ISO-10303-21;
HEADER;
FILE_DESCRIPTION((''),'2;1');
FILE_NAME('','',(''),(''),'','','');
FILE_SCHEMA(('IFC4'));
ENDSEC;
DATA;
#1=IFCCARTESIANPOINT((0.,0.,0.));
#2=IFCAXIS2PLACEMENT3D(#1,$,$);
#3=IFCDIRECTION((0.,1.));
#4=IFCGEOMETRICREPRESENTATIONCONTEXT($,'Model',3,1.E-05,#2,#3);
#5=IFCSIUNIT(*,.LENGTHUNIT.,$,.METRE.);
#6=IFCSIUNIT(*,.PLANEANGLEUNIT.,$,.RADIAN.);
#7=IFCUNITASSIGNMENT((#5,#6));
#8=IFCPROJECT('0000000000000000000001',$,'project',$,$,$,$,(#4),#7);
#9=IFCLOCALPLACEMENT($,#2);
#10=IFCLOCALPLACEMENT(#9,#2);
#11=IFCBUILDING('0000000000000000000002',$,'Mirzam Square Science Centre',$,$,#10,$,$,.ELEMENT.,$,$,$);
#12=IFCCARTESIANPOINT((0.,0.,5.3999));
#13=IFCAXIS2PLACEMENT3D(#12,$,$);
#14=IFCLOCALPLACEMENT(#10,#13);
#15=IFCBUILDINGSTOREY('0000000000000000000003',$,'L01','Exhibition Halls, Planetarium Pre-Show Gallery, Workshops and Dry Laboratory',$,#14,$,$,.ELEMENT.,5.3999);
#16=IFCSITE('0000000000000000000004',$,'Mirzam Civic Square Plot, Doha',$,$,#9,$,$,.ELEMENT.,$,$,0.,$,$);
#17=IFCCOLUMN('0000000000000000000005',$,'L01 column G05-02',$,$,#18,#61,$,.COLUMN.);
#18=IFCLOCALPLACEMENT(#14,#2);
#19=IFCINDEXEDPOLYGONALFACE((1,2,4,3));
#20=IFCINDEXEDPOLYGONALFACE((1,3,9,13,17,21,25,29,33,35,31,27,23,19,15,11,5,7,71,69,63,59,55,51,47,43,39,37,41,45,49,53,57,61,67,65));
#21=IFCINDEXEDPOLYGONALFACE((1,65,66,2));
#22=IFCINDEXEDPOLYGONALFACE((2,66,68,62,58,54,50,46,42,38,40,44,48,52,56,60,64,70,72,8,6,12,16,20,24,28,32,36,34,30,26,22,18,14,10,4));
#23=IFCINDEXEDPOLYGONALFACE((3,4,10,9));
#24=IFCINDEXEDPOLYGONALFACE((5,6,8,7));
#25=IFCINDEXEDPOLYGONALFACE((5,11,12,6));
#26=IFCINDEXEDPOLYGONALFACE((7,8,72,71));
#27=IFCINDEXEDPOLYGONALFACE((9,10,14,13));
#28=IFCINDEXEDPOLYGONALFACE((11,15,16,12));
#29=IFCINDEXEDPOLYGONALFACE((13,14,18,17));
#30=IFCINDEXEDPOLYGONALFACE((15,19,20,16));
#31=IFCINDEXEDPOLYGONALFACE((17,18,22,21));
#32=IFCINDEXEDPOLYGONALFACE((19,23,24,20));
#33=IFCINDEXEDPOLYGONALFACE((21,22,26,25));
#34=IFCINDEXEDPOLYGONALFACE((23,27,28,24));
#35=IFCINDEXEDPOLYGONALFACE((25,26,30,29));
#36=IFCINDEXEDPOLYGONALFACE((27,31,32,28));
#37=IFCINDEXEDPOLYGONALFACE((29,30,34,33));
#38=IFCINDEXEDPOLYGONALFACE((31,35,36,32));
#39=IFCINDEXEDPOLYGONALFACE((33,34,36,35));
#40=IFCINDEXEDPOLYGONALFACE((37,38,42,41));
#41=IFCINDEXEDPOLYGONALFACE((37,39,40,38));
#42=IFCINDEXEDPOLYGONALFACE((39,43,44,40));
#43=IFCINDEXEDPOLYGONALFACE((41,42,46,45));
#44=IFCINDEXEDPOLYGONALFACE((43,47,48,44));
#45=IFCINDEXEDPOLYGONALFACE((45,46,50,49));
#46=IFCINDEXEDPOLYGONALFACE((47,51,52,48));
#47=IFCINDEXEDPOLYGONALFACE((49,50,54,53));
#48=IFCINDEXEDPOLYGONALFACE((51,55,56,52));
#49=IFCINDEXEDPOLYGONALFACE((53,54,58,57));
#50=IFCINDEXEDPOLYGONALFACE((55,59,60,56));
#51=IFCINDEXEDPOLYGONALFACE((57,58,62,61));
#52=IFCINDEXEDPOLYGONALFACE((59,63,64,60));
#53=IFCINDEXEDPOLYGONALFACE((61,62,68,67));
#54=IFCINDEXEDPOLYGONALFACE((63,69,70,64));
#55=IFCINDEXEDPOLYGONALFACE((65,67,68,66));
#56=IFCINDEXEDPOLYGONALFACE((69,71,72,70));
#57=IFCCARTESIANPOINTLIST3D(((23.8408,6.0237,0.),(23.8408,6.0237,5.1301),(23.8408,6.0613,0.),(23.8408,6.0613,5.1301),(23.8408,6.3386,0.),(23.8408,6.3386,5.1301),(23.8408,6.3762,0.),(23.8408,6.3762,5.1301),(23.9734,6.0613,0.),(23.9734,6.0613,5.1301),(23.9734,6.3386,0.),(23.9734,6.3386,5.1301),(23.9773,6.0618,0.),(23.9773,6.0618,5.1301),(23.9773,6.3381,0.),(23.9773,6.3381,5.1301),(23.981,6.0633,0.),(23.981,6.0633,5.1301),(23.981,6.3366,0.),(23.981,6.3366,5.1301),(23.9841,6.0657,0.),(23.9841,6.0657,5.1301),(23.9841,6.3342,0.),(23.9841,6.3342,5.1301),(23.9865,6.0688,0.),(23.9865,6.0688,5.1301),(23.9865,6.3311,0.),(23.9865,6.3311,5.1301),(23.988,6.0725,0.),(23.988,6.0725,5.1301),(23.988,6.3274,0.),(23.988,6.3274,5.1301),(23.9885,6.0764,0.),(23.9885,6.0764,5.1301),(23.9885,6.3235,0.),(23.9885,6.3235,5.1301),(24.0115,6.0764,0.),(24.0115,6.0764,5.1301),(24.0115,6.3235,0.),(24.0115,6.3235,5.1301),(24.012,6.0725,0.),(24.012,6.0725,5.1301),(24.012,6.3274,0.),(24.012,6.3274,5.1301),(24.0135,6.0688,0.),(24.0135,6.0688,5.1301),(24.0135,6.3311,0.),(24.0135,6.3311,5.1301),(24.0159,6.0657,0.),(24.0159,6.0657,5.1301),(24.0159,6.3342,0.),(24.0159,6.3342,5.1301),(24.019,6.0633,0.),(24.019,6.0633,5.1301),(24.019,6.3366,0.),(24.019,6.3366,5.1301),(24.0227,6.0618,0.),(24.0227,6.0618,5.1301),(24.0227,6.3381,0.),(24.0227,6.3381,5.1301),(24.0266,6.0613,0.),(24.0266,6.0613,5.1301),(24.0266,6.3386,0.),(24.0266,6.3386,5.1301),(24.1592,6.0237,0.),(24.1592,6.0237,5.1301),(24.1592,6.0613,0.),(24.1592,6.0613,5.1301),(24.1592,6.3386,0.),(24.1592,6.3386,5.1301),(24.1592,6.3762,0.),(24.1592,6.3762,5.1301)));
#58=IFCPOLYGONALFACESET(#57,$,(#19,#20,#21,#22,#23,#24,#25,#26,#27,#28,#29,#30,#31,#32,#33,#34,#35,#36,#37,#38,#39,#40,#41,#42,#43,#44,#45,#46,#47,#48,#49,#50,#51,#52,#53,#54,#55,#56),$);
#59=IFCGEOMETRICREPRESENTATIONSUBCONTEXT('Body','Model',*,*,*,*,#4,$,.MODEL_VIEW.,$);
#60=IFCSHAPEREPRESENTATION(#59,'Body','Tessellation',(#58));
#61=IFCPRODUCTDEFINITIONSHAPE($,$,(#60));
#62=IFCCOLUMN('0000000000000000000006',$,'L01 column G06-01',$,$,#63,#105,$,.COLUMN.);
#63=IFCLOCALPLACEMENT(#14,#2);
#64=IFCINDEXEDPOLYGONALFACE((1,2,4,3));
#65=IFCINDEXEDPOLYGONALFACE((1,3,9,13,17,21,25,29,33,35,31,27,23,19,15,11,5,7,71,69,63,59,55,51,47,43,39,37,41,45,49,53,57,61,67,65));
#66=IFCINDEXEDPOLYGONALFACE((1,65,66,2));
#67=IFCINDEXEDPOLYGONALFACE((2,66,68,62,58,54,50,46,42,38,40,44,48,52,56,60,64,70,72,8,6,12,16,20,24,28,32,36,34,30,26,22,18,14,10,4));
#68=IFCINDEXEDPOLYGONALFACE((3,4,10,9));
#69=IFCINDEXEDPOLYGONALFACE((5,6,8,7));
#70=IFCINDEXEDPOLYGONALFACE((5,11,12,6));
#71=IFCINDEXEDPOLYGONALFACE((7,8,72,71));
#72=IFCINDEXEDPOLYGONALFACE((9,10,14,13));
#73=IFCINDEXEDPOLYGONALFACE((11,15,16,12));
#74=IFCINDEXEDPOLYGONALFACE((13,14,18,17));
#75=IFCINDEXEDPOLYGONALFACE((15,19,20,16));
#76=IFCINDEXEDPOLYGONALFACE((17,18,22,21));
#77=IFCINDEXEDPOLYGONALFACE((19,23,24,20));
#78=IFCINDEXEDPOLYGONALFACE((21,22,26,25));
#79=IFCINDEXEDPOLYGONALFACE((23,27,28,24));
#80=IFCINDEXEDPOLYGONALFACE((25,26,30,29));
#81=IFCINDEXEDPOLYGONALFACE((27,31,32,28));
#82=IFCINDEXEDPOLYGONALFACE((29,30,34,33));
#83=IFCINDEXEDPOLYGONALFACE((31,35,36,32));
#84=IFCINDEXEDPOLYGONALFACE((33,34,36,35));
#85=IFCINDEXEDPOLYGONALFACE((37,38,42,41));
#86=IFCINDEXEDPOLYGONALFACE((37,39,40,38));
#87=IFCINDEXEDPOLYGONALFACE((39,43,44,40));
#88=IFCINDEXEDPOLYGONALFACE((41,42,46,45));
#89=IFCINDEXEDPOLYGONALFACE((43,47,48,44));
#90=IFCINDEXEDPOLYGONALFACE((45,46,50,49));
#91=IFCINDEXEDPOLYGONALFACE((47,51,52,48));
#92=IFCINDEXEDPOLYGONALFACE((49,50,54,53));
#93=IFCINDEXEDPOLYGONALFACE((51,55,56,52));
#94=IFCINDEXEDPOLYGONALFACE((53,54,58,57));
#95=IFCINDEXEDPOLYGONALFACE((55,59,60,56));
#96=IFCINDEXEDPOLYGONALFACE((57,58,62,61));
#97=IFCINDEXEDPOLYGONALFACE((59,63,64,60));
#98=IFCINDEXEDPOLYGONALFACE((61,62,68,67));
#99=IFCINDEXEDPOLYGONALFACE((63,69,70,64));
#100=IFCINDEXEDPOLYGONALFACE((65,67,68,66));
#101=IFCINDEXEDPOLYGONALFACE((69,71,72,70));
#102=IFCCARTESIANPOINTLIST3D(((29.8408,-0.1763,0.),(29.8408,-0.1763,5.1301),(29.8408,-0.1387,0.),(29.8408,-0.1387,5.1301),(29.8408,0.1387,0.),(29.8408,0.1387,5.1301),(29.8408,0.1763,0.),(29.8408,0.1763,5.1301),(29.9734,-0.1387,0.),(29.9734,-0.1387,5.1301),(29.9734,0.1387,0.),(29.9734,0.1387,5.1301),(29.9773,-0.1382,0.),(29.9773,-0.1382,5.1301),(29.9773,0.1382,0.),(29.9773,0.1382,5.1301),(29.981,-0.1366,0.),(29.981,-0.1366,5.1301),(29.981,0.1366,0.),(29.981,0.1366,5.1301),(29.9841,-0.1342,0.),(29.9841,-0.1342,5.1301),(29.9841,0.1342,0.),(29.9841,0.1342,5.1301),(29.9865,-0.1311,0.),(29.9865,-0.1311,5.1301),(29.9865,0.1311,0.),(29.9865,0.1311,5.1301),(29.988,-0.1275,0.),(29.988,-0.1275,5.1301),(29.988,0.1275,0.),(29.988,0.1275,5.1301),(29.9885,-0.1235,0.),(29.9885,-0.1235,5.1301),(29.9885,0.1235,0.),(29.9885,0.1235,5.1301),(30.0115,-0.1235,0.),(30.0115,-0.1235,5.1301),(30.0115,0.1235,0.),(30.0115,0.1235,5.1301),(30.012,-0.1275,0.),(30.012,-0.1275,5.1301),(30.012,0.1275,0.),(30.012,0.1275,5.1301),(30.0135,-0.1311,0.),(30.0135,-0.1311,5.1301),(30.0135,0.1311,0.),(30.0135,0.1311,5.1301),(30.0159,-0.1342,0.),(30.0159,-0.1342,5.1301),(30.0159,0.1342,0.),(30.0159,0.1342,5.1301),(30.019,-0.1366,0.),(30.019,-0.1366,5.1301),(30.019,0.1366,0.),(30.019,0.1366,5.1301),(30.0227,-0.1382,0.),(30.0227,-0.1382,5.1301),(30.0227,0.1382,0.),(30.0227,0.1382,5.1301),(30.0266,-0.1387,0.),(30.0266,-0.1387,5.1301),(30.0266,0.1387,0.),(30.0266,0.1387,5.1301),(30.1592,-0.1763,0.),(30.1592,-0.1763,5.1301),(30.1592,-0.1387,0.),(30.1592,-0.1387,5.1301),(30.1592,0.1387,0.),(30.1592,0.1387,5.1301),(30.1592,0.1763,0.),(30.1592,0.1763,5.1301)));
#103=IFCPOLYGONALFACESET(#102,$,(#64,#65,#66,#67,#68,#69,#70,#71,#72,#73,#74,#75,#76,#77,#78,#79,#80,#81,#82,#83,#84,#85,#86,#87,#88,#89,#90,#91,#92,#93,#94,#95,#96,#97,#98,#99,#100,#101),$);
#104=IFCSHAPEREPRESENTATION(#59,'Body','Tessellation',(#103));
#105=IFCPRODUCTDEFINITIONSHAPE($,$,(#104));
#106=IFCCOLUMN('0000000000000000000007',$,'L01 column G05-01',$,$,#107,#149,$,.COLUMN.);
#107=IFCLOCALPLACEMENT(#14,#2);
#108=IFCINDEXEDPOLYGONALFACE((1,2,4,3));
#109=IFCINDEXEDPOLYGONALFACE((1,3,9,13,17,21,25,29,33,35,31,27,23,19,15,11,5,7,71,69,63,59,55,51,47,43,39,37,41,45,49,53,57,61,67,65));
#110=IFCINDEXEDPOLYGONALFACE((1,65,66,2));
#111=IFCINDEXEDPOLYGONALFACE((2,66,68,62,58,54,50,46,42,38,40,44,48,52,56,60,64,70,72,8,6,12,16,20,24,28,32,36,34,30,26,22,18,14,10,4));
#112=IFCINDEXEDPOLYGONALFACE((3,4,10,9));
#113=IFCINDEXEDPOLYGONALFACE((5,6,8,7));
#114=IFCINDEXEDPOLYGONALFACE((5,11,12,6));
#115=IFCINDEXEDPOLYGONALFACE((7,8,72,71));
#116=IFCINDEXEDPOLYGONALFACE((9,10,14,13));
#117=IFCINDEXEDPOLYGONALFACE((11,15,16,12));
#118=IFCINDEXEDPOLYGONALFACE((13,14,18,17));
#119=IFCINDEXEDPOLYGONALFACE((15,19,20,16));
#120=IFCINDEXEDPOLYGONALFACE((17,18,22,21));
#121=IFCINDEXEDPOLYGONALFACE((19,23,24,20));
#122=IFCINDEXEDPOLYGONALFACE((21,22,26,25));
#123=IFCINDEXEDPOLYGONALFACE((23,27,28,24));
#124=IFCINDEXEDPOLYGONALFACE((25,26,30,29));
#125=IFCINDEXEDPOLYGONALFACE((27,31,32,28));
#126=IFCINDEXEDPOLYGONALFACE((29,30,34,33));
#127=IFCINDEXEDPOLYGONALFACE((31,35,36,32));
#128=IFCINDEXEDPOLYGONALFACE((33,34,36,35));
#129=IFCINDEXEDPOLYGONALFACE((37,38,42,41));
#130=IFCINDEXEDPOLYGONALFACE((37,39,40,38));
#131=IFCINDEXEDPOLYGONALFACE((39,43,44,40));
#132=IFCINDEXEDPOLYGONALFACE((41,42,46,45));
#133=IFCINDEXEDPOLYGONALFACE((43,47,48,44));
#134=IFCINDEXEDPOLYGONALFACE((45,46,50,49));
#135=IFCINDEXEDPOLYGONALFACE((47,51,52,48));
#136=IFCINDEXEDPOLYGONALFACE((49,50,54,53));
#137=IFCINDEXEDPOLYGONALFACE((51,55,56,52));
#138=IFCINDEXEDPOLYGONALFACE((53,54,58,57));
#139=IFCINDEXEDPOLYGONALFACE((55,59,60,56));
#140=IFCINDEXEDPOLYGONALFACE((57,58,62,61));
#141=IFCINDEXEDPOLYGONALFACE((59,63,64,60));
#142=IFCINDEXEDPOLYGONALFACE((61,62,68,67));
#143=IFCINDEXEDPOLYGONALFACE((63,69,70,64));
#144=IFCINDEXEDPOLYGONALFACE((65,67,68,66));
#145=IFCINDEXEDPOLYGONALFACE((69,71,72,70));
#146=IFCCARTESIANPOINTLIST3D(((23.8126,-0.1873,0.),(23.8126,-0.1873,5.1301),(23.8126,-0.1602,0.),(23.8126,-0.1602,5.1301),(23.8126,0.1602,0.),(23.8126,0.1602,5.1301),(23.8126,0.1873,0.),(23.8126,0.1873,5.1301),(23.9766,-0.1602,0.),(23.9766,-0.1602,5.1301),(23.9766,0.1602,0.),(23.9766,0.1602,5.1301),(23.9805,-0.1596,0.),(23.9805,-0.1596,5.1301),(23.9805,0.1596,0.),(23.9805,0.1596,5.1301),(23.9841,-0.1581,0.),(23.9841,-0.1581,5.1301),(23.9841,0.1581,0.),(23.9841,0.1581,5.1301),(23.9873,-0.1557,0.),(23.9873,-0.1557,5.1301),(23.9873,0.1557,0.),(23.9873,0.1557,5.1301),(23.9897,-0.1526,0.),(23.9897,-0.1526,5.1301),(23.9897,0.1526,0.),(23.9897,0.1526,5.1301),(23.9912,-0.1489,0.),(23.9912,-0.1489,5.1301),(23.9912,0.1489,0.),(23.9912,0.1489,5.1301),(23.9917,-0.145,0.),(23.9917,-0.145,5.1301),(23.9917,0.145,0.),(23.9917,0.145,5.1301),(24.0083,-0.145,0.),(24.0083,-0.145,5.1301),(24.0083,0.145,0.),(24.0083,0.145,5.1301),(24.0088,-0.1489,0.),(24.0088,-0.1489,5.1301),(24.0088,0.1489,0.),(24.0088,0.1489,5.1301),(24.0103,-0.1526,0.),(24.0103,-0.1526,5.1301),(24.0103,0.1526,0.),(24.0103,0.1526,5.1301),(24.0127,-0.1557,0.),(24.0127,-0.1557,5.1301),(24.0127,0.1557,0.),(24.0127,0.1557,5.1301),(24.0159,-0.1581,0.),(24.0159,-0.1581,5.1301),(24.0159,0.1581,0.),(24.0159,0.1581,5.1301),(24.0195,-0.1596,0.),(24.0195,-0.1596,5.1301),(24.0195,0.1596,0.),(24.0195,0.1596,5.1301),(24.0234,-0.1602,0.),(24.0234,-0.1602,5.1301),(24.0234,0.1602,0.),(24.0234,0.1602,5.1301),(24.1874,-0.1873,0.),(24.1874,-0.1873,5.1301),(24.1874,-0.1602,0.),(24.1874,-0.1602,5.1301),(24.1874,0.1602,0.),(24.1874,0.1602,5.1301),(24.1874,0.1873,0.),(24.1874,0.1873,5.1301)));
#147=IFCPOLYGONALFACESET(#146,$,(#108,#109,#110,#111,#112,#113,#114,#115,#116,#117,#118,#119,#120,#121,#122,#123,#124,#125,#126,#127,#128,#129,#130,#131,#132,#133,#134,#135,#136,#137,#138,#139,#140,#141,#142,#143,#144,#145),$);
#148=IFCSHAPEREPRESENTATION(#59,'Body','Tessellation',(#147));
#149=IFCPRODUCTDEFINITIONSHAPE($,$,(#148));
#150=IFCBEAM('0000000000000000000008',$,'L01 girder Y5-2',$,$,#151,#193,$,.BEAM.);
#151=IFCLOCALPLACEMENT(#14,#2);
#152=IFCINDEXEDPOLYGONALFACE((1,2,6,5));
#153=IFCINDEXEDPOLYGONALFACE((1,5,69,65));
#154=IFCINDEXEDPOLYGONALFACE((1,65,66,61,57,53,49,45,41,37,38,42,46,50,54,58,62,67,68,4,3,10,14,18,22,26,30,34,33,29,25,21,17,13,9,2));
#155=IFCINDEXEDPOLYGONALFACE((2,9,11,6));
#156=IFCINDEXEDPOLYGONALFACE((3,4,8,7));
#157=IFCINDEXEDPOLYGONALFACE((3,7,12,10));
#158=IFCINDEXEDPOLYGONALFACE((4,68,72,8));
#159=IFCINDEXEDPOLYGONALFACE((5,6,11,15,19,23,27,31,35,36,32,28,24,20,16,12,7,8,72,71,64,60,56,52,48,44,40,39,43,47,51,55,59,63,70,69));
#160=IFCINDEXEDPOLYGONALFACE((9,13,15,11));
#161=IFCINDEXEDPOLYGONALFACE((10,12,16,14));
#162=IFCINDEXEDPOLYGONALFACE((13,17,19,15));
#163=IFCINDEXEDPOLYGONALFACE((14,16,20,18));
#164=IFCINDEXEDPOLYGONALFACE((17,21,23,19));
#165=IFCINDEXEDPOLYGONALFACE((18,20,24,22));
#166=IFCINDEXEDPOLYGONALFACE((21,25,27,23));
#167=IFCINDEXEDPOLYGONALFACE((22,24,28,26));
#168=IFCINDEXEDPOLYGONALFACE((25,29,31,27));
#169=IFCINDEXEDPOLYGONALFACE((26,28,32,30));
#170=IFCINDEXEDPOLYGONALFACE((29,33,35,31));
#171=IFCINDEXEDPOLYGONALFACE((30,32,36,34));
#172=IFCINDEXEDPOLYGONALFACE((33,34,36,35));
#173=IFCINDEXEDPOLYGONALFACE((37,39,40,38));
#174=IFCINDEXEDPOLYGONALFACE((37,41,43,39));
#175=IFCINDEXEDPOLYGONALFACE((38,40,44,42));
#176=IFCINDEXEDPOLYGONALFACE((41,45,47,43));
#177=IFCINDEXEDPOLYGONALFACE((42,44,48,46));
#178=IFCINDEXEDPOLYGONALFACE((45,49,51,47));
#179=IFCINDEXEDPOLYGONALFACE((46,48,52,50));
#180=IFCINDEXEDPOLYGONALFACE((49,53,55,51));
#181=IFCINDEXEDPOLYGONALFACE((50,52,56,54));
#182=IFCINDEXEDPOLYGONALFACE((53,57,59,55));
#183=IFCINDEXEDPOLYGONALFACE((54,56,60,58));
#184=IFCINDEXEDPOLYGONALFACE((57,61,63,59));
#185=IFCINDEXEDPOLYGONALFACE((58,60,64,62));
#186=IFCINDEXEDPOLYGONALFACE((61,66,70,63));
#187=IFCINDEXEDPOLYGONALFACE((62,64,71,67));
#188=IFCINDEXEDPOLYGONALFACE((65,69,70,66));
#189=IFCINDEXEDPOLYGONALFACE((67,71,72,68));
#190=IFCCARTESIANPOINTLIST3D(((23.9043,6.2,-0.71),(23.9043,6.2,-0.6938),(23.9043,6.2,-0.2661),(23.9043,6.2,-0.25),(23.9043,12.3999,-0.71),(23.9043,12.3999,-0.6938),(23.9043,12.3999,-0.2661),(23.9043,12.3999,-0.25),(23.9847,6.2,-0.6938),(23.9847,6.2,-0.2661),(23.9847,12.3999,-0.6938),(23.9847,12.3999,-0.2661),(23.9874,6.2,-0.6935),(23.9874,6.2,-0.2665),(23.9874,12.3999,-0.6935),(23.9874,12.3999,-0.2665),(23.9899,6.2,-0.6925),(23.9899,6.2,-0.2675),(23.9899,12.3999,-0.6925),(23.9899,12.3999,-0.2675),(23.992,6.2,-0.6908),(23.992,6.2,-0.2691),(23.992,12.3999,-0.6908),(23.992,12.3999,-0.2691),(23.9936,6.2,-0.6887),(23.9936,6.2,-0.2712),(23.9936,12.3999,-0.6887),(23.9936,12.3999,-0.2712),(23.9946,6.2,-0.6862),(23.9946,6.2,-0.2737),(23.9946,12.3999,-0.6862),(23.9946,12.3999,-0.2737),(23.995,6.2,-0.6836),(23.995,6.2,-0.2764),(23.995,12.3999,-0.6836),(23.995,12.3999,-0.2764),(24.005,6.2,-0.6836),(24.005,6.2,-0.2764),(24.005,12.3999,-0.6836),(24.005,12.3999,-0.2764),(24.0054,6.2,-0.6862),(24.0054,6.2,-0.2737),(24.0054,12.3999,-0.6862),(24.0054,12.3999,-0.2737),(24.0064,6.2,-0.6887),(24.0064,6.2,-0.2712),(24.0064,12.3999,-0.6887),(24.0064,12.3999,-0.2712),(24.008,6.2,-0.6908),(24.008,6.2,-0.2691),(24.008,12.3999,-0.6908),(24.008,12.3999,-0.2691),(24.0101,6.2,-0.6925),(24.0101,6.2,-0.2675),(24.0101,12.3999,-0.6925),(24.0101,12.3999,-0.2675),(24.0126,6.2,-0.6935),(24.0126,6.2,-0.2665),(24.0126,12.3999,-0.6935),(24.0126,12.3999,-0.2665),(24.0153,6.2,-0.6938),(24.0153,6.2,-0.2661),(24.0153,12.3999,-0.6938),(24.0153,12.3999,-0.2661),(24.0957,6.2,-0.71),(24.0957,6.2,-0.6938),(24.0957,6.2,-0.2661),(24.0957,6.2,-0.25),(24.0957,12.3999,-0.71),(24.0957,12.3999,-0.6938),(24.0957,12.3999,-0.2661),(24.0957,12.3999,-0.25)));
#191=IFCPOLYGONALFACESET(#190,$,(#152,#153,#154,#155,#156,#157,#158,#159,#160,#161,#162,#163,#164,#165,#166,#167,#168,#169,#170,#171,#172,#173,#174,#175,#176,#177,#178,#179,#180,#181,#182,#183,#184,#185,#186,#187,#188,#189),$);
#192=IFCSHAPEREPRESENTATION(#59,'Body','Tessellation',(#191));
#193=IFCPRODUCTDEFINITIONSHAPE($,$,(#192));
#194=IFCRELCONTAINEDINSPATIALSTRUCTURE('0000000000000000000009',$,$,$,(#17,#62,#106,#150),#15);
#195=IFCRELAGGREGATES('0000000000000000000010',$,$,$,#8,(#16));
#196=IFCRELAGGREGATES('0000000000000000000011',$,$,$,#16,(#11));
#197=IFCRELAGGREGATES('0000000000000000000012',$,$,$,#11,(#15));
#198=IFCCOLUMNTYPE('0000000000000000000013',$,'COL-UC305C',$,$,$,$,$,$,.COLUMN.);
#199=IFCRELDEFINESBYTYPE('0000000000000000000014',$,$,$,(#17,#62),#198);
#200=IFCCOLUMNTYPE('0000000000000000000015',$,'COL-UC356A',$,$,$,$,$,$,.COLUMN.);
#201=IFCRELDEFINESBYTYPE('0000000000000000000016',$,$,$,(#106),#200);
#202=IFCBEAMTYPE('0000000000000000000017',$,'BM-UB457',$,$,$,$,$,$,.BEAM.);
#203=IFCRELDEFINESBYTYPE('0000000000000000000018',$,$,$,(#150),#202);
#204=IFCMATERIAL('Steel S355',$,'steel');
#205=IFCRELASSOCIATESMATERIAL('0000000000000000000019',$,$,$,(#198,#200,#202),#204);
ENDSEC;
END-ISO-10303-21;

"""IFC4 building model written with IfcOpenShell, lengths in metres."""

from ifc_helpers import new_model, si_unit, direction, frame, origin, origin_2d, place, context, subcontext, project, spatial, i_section, extrude, material, material_profile, profile_set, type_object, element, save


model = new_model("IFC4")

# Units and contexts
model_context = context("Model", 3, precision=1e-05, world=origin(), true_north=direction((0.0, 1.0)))
body_context = subcontext(model_context, "Body", "Model", "MODEL_VIEW")
ifc_project = project(units=[si_unit("LENGTHUNIT", "METRE"), si_unit("PLANEANGLEUNIT", "RADIAN")], contexts=[model_context])

# Site, building, storey
site_placement = place(None, origin())
site = spatial("IfcSite", under=ifc_project, at=site_placement, Name="Mirzam Civic Square Plot, Doha", CompositionType="ELEMENT", RefElevation=0.0)
building_placement = place(site_placement, origin())
building = spatial("IfcBuilding", under=site, at=building_placement, Name="Mirzam Square Science Centre", CompositionType="ELEMENT")
storey_placement = place(building_placement, frame((0.0, 0.0, 5.3999)))
storey = spatial("IfcBuildingStorey", under=building, at=storey_placement, Name="L01", Description="Exhibition Halls, Planetarium Pre-Show Gallery, Workshops and Dry Laboratory", CompositionType="ELEMENT", Elevation=5.3999)

# Columns
ifc_material_1 = material(Name="Steel S355", Category="steel")
ifc_material_profile_1 = material_profile(ifc_material_1, i_section(OverallWidth=0.3184, OverallDepth=0.3525, WebThickness=0.0229, FlangeThickness=0.0376, FilletRadius=0.0151, at=origin_2d()), Name="305x305x240UC")
ifc_profile_set_1 = profile_set([ifc_material_profile_1], Name="Steel S355")
column_type_1 = type_object("IfcColumnType", Name="COL-UC305C", PredefinedType="COLUMN", material=ifc_profile_set_1)
for number, where, z_axis, x_axis, name in (
    (1, (24.0, 6.2, 0.0), (0.0, 0.0, 1.0), (1.0, 0.0, 0.0), "L01 column G05-02"),
    (2, (30.0, 0.0, 0.0), (0.0, 0.0, 1.0), (1.0, 0.0, 0.0), "L01 column G06-01"),
):
    element("IfcColumn", number, at=place(storey_placement, frame(where, z_axis=z_axis, x_axis=x_axis)), inside=storey, type_object=column_type_1, Name=name, PredefinedType="COLUMN", context=body_context, shape_type="SweptSolid", body=[
        extrude(i_section(OverallWidth=0.3184, OverallDepth=0.3525, WebThickness=0.0229, FlangeThickness=0.0376, FilletRadius=0.0151, at=origin_2d()), origin(), (0.0, 0.0, 1.0), 5.1301),
    ])
ifc_material_profile_2 = material_profile(ifc_material_1, i_section(OverallWidth=0.3748, OverallDepth=0.3745, WebThickness=0.0166, FlangeThickness=0.0271, FilletRadius=0.0151, at=origin_2d()), Name="356x368x202UC")
ifc_profile_set_2 = profile_set([ifc_material_profile_2], Name="Steel S355")
column_type_2 = type_object("IfcColumnType", Name="COL-UC356A", PredefinedType="COLUMN", material=ifc_profile_set_2)
column_placement = place(storey_placement, frame((24.0, 0.0, 0.0), z_axis=(0.0, 0.0, 1.0), x_axis=(1.0, 0.0, 0.0)))
element("IfcColumn", 3, at=column_placement, inside=storey, type_object=column_type_2, Name="L01 column G05-01", PredefinedType="COLUMN", context=body_context, shape_type="SweptSolid", body=[
    extrude(i_section(OverallWidth=0.3748, OverallDepth=0.3745, WebThickness=0.0166, FlangeThickness=0.0271, FilletRadius=0.0151, at=origin_2d()), origin(), (0.0, 0.0, 1.0), 5.1301),
])

# Beam
ifc_material_profile_3 = material_profile(ifc_material_1, i_section(OverallWidth=0.1914, OverallDepth=0.46, WebThickness=0.01, FlangeThickness=0.0161, FilletRadius=0.0103, at=origin_2d()), Name="457x191x82UB")
ifc_profile_set_3 = profile_set([ifc_material_profile_3], Name="Steel S355")
beam_type_1 = type_object("IfcBeamType", Name="BM-UB457", PredefinedType="BEAM", material=ifc_profile_set_3)
beam_1_placement = place(storey_placement, frame((24.0, 6.2, -0.48), z_axis=(0.0, 1.0, 0.0), x_axis=(-1.0, 0.0, 0.0)))
element("IfcBeam", 4, at=beam_1_placement, inside=storey, type_object=beam_type_1, Name="L01 girder Y5-2", PredefinedType="BEAM", context=body_context, shape_type="SweptSolid", body=[
    extrude(i_section(OverallWidth=0.1914, OverallDepth=0.46, WebThickness=0.01, FlangeThickness=0.0161, FilletRadius=0.0103, at=origin_2d()), origin(), (0.0, 0.0, 1.0), 6.2),
])

save(model, "model.ifc")
